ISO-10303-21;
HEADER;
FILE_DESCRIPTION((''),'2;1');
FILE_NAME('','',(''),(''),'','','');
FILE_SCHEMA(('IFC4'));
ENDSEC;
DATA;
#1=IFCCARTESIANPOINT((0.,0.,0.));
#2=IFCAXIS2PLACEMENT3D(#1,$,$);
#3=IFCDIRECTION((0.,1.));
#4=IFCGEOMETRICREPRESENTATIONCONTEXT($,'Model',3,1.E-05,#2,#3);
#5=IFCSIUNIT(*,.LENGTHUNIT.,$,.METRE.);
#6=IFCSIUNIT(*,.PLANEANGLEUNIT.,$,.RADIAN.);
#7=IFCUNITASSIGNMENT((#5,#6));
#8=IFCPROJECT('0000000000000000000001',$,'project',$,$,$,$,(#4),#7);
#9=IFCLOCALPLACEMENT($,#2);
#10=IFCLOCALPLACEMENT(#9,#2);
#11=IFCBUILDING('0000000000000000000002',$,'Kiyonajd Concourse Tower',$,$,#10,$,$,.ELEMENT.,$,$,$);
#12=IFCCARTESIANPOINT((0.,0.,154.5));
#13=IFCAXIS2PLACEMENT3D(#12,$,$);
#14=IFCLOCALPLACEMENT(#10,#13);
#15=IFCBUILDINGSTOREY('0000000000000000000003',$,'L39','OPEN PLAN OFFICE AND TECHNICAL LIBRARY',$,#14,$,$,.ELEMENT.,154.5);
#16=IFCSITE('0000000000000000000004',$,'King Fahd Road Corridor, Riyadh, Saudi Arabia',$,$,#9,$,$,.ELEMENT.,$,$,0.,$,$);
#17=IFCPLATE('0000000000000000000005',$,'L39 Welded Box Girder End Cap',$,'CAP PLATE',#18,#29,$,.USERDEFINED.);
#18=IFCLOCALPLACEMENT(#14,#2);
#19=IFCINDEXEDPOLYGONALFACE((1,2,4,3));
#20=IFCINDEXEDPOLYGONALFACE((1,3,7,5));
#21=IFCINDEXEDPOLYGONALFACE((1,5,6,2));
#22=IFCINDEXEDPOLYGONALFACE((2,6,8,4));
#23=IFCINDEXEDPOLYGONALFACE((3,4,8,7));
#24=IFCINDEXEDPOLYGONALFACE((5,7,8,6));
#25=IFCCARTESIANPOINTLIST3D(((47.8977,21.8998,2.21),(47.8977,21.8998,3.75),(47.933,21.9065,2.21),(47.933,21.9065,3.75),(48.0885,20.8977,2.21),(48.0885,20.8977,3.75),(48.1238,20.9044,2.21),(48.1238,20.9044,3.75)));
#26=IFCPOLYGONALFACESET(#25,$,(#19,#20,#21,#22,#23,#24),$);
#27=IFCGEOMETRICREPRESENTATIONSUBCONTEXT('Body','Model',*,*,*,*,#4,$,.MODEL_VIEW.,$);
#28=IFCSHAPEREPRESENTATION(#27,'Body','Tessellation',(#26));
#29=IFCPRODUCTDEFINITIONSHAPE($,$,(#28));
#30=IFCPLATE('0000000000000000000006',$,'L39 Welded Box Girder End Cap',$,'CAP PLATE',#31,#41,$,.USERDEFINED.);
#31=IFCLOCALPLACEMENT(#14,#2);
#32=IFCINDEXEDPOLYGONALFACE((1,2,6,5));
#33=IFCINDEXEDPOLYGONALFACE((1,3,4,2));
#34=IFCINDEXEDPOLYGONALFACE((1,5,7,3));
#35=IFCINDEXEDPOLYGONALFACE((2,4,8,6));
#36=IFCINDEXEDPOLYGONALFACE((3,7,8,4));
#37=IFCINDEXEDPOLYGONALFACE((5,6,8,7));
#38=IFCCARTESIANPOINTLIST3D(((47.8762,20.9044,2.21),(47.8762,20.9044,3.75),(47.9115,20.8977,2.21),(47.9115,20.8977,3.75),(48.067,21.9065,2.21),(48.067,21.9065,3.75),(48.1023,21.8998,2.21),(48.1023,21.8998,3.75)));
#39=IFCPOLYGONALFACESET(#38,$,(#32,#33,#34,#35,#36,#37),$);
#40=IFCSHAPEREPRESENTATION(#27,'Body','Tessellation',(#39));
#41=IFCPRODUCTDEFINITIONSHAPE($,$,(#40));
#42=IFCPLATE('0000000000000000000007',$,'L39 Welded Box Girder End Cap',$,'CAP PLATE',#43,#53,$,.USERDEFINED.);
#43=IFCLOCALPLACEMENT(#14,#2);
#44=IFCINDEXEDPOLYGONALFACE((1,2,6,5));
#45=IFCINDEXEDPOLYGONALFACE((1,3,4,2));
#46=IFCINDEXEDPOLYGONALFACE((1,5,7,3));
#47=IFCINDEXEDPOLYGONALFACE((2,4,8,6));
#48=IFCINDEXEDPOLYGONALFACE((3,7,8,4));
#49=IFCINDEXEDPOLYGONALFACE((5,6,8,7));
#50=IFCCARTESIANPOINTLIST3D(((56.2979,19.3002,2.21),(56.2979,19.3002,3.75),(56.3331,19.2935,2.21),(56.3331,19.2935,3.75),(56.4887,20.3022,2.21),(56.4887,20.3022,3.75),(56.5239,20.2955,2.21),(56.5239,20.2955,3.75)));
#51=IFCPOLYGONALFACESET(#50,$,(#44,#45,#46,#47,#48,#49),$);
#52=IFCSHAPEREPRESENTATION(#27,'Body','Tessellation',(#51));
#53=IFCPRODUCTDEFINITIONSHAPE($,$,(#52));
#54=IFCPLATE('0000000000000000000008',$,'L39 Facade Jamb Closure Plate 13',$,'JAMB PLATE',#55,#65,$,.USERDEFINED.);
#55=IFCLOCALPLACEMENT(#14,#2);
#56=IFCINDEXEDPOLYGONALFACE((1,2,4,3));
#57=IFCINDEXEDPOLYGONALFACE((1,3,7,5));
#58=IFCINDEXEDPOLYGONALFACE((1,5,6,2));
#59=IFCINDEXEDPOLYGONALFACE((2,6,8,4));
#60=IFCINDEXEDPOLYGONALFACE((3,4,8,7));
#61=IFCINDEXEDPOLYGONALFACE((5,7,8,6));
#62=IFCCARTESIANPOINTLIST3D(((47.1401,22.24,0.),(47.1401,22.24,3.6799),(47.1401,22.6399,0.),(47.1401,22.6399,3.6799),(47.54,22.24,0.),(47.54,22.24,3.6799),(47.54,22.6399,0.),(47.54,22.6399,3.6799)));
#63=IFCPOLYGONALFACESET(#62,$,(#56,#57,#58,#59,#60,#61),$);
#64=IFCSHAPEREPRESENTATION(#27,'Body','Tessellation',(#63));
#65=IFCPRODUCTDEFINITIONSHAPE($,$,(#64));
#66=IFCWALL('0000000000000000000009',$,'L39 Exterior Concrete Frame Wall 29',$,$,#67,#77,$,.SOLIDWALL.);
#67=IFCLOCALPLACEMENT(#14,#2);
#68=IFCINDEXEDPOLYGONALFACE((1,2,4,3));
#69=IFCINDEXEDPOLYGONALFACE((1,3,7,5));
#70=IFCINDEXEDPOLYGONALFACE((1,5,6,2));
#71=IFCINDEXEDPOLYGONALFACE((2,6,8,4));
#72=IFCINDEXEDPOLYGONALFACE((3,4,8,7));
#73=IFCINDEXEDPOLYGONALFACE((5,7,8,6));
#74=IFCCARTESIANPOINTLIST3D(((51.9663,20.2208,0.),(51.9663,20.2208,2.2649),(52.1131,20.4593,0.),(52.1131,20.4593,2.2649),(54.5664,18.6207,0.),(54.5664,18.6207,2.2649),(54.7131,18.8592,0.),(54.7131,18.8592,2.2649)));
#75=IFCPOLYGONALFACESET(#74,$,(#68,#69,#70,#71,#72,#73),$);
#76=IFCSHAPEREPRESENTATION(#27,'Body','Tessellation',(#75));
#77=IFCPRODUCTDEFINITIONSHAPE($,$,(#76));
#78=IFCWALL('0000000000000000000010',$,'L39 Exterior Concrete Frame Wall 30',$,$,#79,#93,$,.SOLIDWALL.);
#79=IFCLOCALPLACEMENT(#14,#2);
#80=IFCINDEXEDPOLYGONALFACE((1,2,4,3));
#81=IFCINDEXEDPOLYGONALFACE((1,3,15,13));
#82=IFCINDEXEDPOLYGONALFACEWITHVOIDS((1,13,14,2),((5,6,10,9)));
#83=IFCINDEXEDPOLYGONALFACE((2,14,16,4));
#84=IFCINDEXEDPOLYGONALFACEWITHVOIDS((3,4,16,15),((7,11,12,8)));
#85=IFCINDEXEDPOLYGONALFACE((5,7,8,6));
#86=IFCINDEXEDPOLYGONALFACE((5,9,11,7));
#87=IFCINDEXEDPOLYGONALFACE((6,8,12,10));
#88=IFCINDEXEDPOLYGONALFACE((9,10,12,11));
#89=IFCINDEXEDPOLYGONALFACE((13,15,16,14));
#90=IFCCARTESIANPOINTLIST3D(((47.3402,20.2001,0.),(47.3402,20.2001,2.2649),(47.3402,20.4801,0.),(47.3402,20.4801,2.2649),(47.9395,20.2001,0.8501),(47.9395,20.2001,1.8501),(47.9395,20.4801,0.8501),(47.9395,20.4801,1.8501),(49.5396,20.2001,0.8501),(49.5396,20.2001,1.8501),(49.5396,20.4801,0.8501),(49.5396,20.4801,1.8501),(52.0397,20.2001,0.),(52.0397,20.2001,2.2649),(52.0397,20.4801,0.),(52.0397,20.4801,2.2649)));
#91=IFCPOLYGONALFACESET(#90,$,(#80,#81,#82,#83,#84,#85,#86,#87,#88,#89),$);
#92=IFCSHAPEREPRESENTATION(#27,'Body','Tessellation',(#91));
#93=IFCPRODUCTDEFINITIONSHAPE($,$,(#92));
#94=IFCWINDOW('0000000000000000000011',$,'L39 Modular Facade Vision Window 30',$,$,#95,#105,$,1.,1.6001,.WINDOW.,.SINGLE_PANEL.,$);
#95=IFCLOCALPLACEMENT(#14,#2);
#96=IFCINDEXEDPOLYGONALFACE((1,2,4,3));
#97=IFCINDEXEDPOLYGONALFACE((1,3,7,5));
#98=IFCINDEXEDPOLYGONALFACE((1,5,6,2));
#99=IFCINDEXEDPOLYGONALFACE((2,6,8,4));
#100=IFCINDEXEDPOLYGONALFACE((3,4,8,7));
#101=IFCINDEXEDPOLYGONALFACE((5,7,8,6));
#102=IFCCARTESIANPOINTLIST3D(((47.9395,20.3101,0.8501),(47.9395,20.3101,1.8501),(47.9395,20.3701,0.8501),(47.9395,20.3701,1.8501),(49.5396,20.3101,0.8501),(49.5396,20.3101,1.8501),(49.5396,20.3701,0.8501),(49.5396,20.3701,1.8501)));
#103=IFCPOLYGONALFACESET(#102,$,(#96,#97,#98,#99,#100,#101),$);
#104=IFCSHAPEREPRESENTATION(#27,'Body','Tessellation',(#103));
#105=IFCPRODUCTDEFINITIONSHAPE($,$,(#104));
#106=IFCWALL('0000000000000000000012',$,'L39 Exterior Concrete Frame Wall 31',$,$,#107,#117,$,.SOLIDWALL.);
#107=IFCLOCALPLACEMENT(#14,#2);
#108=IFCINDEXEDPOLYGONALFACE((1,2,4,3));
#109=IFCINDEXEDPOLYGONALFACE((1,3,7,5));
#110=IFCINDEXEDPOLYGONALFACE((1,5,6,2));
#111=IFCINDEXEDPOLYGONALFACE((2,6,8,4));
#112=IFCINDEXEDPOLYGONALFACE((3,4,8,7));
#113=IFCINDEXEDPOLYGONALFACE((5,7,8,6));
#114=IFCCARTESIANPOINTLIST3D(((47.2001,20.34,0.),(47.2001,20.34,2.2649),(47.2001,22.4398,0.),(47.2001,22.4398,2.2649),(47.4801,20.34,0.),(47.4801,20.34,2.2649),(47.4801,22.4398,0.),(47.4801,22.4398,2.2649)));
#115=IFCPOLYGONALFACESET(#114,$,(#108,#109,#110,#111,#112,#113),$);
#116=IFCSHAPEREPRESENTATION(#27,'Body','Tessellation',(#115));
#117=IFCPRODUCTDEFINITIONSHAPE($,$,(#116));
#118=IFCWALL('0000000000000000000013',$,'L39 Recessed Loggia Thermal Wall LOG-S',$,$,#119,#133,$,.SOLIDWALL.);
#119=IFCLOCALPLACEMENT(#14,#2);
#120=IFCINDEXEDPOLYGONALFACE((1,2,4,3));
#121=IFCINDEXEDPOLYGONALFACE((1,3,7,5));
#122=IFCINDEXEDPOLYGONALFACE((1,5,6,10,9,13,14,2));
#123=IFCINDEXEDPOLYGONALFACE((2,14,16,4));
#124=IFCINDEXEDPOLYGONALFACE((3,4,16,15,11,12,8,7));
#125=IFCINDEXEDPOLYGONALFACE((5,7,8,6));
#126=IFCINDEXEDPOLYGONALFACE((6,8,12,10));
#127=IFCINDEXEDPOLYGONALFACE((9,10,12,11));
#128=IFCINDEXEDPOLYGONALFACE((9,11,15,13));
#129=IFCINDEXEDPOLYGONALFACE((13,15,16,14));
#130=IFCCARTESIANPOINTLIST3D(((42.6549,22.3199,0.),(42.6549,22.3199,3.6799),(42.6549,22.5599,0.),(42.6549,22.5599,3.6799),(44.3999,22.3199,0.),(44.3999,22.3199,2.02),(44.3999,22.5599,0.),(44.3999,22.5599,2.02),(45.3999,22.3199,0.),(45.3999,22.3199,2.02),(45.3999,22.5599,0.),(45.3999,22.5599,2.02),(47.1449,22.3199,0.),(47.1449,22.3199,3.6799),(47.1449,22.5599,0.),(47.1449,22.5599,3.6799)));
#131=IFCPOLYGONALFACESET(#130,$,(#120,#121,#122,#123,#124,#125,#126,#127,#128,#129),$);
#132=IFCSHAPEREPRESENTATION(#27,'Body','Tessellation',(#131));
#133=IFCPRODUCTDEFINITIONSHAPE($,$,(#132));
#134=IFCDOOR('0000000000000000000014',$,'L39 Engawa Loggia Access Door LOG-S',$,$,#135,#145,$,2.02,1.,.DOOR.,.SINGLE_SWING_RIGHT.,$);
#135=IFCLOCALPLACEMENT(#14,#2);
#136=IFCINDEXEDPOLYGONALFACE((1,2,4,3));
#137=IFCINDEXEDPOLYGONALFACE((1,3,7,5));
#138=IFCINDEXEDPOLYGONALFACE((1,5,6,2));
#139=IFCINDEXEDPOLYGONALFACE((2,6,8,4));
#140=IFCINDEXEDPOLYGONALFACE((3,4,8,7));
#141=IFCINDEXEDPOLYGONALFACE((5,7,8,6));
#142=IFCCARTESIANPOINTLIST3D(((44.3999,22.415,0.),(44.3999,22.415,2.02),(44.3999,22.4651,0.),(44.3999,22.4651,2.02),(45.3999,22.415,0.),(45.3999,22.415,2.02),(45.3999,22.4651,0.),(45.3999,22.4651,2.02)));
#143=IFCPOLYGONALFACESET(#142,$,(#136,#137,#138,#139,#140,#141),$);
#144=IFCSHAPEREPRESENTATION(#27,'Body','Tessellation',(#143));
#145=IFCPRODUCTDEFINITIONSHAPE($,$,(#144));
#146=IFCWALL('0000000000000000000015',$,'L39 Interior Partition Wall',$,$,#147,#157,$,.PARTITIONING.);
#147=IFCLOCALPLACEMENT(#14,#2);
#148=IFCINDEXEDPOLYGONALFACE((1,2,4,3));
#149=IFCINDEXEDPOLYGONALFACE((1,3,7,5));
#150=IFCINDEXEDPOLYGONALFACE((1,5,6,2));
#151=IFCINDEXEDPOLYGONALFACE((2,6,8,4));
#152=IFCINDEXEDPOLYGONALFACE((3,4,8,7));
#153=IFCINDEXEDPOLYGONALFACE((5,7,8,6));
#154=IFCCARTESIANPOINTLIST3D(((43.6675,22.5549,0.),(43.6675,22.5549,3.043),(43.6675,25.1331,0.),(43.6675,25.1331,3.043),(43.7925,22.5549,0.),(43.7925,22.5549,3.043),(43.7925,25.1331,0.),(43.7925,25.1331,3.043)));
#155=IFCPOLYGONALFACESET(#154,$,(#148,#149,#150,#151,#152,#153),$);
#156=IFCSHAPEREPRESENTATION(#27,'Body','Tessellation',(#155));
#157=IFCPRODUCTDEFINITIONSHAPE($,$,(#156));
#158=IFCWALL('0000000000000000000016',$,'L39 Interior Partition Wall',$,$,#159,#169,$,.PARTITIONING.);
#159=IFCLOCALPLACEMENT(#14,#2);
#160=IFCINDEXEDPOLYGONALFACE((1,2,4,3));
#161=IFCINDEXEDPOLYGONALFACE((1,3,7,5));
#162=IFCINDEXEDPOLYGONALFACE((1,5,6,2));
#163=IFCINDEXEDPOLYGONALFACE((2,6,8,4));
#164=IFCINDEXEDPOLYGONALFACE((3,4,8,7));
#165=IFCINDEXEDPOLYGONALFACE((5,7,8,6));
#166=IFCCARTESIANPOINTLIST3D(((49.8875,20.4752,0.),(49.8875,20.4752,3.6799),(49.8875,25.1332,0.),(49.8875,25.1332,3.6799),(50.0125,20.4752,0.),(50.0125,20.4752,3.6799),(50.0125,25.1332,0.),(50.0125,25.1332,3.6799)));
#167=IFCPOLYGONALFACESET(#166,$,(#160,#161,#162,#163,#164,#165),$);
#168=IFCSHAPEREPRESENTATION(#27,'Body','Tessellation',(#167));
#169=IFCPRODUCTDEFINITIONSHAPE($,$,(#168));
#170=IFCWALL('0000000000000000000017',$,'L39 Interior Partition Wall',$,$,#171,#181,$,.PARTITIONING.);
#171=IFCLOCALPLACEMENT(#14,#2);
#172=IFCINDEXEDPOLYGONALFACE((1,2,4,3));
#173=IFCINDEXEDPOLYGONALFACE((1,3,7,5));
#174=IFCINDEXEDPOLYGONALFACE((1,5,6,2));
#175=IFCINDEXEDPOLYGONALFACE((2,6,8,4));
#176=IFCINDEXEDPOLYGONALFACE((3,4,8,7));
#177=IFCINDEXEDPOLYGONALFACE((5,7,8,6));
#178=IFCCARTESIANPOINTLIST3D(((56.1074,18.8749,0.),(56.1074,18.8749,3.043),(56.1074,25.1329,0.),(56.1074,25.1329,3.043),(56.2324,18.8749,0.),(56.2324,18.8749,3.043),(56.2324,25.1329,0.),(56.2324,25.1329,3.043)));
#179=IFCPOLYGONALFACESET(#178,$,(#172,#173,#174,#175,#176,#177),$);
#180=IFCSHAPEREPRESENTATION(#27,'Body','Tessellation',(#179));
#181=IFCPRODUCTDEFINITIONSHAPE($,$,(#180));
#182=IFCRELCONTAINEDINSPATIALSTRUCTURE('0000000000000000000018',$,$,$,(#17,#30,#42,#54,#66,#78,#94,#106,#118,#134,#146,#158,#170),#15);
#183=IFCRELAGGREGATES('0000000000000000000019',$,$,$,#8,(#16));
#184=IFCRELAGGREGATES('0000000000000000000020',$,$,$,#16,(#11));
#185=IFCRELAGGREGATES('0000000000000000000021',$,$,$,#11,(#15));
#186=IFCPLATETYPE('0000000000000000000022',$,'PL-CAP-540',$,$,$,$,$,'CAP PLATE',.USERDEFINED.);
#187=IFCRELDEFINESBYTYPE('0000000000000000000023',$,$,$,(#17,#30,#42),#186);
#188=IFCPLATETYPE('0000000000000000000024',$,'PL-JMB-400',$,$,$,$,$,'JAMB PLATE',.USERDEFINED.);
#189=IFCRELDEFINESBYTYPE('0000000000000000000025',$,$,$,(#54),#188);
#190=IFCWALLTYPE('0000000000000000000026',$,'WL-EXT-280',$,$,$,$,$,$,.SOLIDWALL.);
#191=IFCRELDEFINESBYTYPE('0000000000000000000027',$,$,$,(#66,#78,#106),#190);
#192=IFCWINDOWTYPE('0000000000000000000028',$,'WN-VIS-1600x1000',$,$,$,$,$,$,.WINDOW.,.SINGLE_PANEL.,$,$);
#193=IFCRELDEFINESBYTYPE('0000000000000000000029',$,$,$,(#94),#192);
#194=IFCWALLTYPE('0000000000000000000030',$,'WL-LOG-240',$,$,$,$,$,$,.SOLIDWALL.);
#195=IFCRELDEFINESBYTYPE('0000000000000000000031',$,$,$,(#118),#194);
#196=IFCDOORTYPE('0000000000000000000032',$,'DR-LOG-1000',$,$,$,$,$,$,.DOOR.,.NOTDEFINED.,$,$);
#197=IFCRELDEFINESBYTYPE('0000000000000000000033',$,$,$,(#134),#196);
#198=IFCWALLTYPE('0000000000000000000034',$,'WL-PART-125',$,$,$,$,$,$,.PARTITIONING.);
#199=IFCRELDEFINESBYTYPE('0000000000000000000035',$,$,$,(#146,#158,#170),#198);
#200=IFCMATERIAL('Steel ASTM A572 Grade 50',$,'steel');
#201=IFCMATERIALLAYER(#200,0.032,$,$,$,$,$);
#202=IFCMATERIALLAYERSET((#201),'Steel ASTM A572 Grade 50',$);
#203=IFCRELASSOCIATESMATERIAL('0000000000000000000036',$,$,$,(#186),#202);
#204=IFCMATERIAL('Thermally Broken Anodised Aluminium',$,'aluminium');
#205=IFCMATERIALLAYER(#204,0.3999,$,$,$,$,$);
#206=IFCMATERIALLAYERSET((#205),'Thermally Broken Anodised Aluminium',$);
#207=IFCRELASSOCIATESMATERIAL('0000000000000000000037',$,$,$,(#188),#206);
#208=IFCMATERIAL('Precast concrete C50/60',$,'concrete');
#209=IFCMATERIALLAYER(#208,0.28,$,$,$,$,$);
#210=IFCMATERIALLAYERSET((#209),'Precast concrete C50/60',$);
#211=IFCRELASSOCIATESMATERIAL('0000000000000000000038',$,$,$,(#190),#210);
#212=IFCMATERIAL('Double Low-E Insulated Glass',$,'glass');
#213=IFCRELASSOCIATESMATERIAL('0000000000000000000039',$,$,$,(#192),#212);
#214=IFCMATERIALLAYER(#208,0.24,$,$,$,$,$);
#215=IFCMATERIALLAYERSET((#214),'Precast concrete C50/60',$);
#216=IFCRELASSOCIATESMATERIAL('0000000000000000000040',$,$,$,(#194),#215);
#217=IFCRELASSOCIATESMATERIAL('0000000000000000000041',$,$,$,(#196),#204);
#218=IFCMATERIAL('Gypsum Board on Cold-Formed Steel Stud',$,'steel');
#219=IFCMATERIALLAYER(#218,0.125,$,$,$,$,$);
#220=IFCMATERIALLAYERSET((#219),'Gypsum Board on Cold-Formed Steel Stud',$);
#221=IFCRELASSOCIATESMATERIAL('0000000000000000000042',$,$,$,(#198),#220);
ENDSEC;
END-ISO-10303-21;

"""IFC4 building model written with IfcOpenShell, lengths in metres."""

from ifc_helpers import new_model, si_unit, direction, frame, frame_2d, origin, origin_2d, place, context, subcontext, project, spatial, rectangle, extrude, material, layer, layer_set, type_object, element, fill, save


model = new_model("IFC4")

# Units and contexts
model_context = context("Model", 3, precision=1e-05, world=origin(), true_north=direction((0.0, 1.0)))
body_context = subcontext(model_context, "Body", "Model", "MODEL_VIEW")
ifc_project = project(units=[si_unit("LENGTHUNIT", "METRE"), si_unit("PLANEANGLEUNIT", "RADIAN")], contexts=[model_context])

# Site, building, storey
site_placement = place(None, origin())
site = spatial("IfcSite", under=ifc_project, at=site_placement, Name="King Fahd Road Corridor, Riyadh, Saudi Arabia", CompositionType="ELEMENT", RefElevation=0.0)
building_placement = place(site_placement, origin())
building = spatial("IfcBuilding", under=site, at=building_placement, Name="Kiyonajd Concourse Tower", CompositionType="ELEMENT")
storey_placement = place(building_placement, frame((0.0, 0.0, 154.5)))
storey = spatial("IfcBuildingStorey", under=building, at=storey_placement, Name="L39", Description="OPEN PLAN OFFICE AND TECHNICAL LIBRARY", CompositionType="ELEMENT", Elevation=154.5)

# Shared definitions
ifc_material_1 = material(Name="Steel ASTM A572 Grade 50", Category="steel")

# Plates
ifc_layer_1 = layer(ifc_material_1, 0.032)
ifc_layer_set_1 = layer_set([ifc_layer_1], Name="Steel ASTM A572 Grade 50")
plate_type_1 = type_object("IfcPlateType", Name="PL-CAP-540", ElementType="CAP PLATE", PredefinedType="USERDEFINED", material=ifc_layer_set_1)
for number, where, z_axis, x_axis, name in (
    (1, (48.0107, 21.4021, 2.21), (0.0, 0.0, 1.0), (0.982353, 0.187038, 0.0), "L39 Welded Box Girder End Cap"),
    (2, (47.9893, 21.4021, 2.21), (0.0, 0.0, 1.0), (-0.982353, 0.187038, 0.0), "L39 Welded Box Girder End Cap"),
    (3, (56.4109, 19.7979, 2.21), (0.0, 0.0, 1.0), (0.982353, -0.187038, 0.0), "L39 Welded Box Girder End Cap"),
):
    element("IfcPlate", number, at=place(storey_placement, frame(where, z_axis=z_axis, x_axis=x_axis)), inside=storey, type_object=plate_type_1, Name=name, ObjectType="CAP PLATE", PredefinedType="USERDEFINED", context=body_context, shape_type="SweptSolid", body=[
        extrude(rectangle(XDim=0.0359, YDim=1.02, at=origin_2d()), origin(), (0.0, 0.0, 1.0), 1.54),
    ])
ifc_material_2 = material(Name="Thermally Broken Anodised Aluminium", Category="aluminium")
ifc_layer_2 = layer(ifc_material_2, 0.3999)
ifc_layer_set_2 = layer_set([ifc_layer_2], Name="Thermally Broken Anodised Aluminium")
plate_type_2 = type_object("IfcPlateType", Name="PL-JMB-400", ElementType="JAMB PLATE", PredefinedType="USERDEFINED", material=ifc_layer_set_2)
plate_placement = place(storey_placement, frame((47.3401, 22.4399, 0.0), z_axis=(0.0, 0.0, 1.0), x_axis=(1.0, 0.0, 0.0)))
element("IfcPlate", 4, at=plate_placement, inside=storey, type_object=plate_type_2, Name="L39 Facade Jamb Closure Plate 13", ObjectType="JAMB PLATE", PredefinedType="USERDEFINED", context=body_context, shape_type="SweptSolid", body=[
    extrude(rectangle(XDim=0.3999, YDim=0.3999, at=origin_2d()), origin(), (0.0, 0.0, 1.0), 3.6799),
])

# Wall
ifc_material_3 = material(Name="Precast concrete C50/60", Category="concrete")
ifc_layer_3 = layer(ifc_material_3, 0.28)
ifc_layer_set_3 = layer_set([ifc_layer_3], Name="Precast concrete C50/60")
wall_type_1 = type_object("IfcWallType", Name="WL-EXT-280", PredefinedType="SOLIDWALL", material=ifc_layer_set_3)
wall_1_placement = place(storey_placement, frame((54.6396, 18.74, 0.0), z_axis=(0.0, 0.0, 1.0), x_axis=(-0.851653, 0.524106, 0.0)))
element("IfcWall", 5, at=wall_1_placement, inside=storey, type_object=wall_type_1, Name="L39 Exterior Concrete Frame Wall 29", PredefinedType="SOLIDWALL", context=body_context, shape_type="SweptSolid", body=[
    extrude(rectangle(XDim=3.053, YDim=0.28, at=frame_2d((1.5264, 0.0))), origin(), (0.0, 0.0, 1.0), 2.2649),
])

# Wall, opening, window
wall_2_placement = place(storey_placement, frame((52.0396, 20.3401, 0.0), z_axis=(0.0, 0.0, 1.0), x_axis=(-1.0, 0.0, 0.0)))
wall_2 = element("IfcWall", 6, at=wall_2_placement, inside=storey, type_object=wall_type_1, Name="L39 Exterior Concrete Frame Wall 30", PredefinedType="SOLIDWALL", context=body_context, shape_type="SweptSolid", body=[
    extrude(rectangle(XDim=4.6995, YDim=0.28, at=frame_2d((2.3496, 0.0))), origin(), (0.0, 0.0, 1.0), 2.2649),
])
opening_1_placement = place(wall_2_placement, frame((2.5, 0.0, 0.8501)))
opening_1 = element("IfcOpeningElement", 7, at=opening_1_placement, cuts=wall_2, PredefinedType="OPENING", context=body_context, shape_type="SweptSolid", body=[
    extrude(rectangle(XDim=1.6001, YDim=1.0, at=frame_2d((0.8, 0.5))), frame((0.0, 0.1499, 0.0), z_axis=(0.0, -1.0, 0.0), x_axis=(1.0, 0.0, 0.0)), (0.0, 0.0, 1.0), 0.3),
])
ifc_material_4 = material(Name="Double Low-E Insulated Glass", Category="glass")
window_type = type_object("IfcWindowType", Name="WN-VIS-1600x1000", PartitioningType="SINGLE_PANEL", PredefinedType="WINDOW", material=ifc_material_4)
window_placement = place(opening_1_placement, origin())
window = element("IfcWindow", 8, at=window_placement, inside=storey, type_object=window_type, Name="L39 Modular Facade Vision Window 30", OverallHeight=1.0, OverallWidth=1.6001, PartitioningType="SINGLE_PANEL", PredefinedType="WINDOW", context=body_context, shape_type="SweptSolid", body=[
    extrude(rectangle(XDim=1.6001, YDim=1.0, at=frame_2d((0.8, 0.5))), frame((0.0, 0.03, 0.0), z_axis=(0.0, -1.0, 0.0), x_axis=(1.0, 0.0, 0.0)), (0.0, 0.0, 1.0), 0.0601),
])
fill(opening_1, window)

# Wall
wall_3_placement = place(storey_placement, frame((47.3401, 20.3401, 0.0), z_axis=(0.0, 0.0, 1.0), x_axis=(0.0, 1.0, 0.0)))
element("IfcWall", 9, at=wall_3_placement, inside=storey, type_object=wall_type_1, Name="L39 Exterior Concrete Frame Wall 31", PredefinedType="SOLIDWALL", context=body_context, shape_type="SweptSolid", body=[
    extrude(rectangle(XDim=2.0999, YDim=0.28, at=frame_2d((1.0498, 0.0))), origin(), (0.0, 0.0, 1.0), 2.2649),
])

# Wall, opening, door
ifc_layer_4 = layer(ifc_material_3, 0.24)
ifc_layer_set_4 = layer_set([ifc_layer_4], Name="Precast concrete C50/60")
wall_type_2 = type_object("IfcWallType", Name="WL-LOG-240", PredefinedType="SOLIDWALL", material=ifc_layer_set_4)
wall_4_placement = place(storey_placement, frame((47.145, 22.4399, 0.0), z_axis=(0.0, 0.0, 1.0), x_axis=(-1.0, 0.0, 0.0)))
wall_4 = element("IfcWall", 10, at=wall_4_placement, inside=storey, type_object=wall_type_2, Name="L39 Recessed Loggia Thermal Wall LOG-S", PredefinedType="SOLIDWALL", context=body_context, shape_type="SweptSolid", body=[
    extrude(rectangle(XDim=4.49, YDim=0.24, at=frame_2d((2.2451, 0.0))), origin(), (0.0, 0.0, 1.0), 3.6799),
])
opening_2_placement = place(wall_4_placement, frame((1.7451, 0.0, 0.0)))
opening_2 = element("IfcOpeningElement", 11, at=opening_2_placement, cuts=wall_4, PredefinedType="OPENING", context=body_context, shape_type="SweptSolid", body=[
    extrude(rectangle(XDim=1.0, YDim=2.02, at=frame_2d((0.5, 1.01))), frame((0.0, 0.1299, 0.0), z_axis=(0.0, -1.0, 0.0), x_axis=(1.0, 0.0, 0.0)), (0.0, 0.0, 1.0), 0.26),
])
door_type_1 = type_object("IfcDoorType", Name="DR-LOG-1000", OperationType="NOTDEFINED", PredefinedType="DOOR", material=ifc_material_2)
door_1_placement = place(opening_2_placement, origin())
door_1 = element("IfcDoor", 12, at=door_1_placement, inside=storey, type_object=door_type_1, Name="L39 Engawa Loggia Access Door LOG-S", OperationType="SINGLE_SWING_RIGHT", OverallHeight=2.02, OverallWidth=1.0, PredefinedType="DOOR", context=body_context, shape_type="SweptSolid", body=[
    extrude(rectangle(XDim=1.0, YDim=2.02, at=frame_2d((0.5, 1.01))), frame((0.0, 0.0249, 0.0), z_axis=(0.0, -1.0, 0.0), x_axis=(1.0, 0.0, 0.0)), (0.0, 0.0, 1.0), 0.05),
])
fill(opening_2, door_1)

# Walls
ifc_material_5 = material(Name="Gypsum Board on Cold-Formed Steel Stud", Category="steel")
ifc_layer_5 = layer(ifc_material_5, 0.125)
ifc_layer_set_5 = layer_set([ifc_layer_5], Name="Gypsum Board on Cold-Formed Steel Stud")
wall_type_3 = type_object("IfcWallType", Name="WL-PART-125", PredefinedType="PARTITIONING", material=ifc_layer_set_5)
wall_5_placement = place(storey_placement, frame((43.73, 22.5549, 0.0), z_axis=(0.0, 0.0, 1.0), x_axis=(0.0, 1.0, 0.0)))
element("IfcWall", 13, at=wall_5_placement, inside=storey, type_object=wall_type_3, Name="L39 Interior Partition Wall", PredefinedType="PARTITIONING", context=body_context, shape_type="SweptSolid", body=[
    extrude(rectangle(XDim=2.5781, YDim=0.125, at=frame_2d((1.2891, 0.0))), origin(), (0.0, 0.0, 1.0), 3.043),
])
wall_6_placement = place(storey_placement, frame((49.95, 20.4751, 0.0), z_axis=(0.0, 0.0, 1.0), x_axis=(0.0, 1.0, 0.0)))
element("IfcWall", 14, at=wall_6_placement, inside=storey, type_object=wall_type_3, Name="L39 Interior Partition Wall", PredefinedType="PARTITIONING", context=body_context, shape_type="SweptSolid", body=[
    extrude(rectangle(XDim=4.658, YDim=0.125, at=frame_2d((2.3291, 0.0))), origin(), (0.0, 0.0, 1.0), 3.6799),
])
wall_7_placement = place(storey_placement, frame((56.1699, 18.875, 0.0), z_axis=(0.0, 0.0, 1.0), x_axis=(0.0, 1.0, 0.0)))
element("IfcWall", 15, at=wall_7_placement, inside=storey, type_object=wall_type_3, Name="L39 Interior Partition Wall", PredefinedType="PARTITIONING", context=body_context, shape_type="SweptSolid", body=[
    extrude(rectangle(XDim=6.2581, YDim=0.125, at=frame_2d((3.1289, 0.0))), origin(), (0.0, 0.0, 1.0), 3.043),
])

save(model, "model.ifc")
